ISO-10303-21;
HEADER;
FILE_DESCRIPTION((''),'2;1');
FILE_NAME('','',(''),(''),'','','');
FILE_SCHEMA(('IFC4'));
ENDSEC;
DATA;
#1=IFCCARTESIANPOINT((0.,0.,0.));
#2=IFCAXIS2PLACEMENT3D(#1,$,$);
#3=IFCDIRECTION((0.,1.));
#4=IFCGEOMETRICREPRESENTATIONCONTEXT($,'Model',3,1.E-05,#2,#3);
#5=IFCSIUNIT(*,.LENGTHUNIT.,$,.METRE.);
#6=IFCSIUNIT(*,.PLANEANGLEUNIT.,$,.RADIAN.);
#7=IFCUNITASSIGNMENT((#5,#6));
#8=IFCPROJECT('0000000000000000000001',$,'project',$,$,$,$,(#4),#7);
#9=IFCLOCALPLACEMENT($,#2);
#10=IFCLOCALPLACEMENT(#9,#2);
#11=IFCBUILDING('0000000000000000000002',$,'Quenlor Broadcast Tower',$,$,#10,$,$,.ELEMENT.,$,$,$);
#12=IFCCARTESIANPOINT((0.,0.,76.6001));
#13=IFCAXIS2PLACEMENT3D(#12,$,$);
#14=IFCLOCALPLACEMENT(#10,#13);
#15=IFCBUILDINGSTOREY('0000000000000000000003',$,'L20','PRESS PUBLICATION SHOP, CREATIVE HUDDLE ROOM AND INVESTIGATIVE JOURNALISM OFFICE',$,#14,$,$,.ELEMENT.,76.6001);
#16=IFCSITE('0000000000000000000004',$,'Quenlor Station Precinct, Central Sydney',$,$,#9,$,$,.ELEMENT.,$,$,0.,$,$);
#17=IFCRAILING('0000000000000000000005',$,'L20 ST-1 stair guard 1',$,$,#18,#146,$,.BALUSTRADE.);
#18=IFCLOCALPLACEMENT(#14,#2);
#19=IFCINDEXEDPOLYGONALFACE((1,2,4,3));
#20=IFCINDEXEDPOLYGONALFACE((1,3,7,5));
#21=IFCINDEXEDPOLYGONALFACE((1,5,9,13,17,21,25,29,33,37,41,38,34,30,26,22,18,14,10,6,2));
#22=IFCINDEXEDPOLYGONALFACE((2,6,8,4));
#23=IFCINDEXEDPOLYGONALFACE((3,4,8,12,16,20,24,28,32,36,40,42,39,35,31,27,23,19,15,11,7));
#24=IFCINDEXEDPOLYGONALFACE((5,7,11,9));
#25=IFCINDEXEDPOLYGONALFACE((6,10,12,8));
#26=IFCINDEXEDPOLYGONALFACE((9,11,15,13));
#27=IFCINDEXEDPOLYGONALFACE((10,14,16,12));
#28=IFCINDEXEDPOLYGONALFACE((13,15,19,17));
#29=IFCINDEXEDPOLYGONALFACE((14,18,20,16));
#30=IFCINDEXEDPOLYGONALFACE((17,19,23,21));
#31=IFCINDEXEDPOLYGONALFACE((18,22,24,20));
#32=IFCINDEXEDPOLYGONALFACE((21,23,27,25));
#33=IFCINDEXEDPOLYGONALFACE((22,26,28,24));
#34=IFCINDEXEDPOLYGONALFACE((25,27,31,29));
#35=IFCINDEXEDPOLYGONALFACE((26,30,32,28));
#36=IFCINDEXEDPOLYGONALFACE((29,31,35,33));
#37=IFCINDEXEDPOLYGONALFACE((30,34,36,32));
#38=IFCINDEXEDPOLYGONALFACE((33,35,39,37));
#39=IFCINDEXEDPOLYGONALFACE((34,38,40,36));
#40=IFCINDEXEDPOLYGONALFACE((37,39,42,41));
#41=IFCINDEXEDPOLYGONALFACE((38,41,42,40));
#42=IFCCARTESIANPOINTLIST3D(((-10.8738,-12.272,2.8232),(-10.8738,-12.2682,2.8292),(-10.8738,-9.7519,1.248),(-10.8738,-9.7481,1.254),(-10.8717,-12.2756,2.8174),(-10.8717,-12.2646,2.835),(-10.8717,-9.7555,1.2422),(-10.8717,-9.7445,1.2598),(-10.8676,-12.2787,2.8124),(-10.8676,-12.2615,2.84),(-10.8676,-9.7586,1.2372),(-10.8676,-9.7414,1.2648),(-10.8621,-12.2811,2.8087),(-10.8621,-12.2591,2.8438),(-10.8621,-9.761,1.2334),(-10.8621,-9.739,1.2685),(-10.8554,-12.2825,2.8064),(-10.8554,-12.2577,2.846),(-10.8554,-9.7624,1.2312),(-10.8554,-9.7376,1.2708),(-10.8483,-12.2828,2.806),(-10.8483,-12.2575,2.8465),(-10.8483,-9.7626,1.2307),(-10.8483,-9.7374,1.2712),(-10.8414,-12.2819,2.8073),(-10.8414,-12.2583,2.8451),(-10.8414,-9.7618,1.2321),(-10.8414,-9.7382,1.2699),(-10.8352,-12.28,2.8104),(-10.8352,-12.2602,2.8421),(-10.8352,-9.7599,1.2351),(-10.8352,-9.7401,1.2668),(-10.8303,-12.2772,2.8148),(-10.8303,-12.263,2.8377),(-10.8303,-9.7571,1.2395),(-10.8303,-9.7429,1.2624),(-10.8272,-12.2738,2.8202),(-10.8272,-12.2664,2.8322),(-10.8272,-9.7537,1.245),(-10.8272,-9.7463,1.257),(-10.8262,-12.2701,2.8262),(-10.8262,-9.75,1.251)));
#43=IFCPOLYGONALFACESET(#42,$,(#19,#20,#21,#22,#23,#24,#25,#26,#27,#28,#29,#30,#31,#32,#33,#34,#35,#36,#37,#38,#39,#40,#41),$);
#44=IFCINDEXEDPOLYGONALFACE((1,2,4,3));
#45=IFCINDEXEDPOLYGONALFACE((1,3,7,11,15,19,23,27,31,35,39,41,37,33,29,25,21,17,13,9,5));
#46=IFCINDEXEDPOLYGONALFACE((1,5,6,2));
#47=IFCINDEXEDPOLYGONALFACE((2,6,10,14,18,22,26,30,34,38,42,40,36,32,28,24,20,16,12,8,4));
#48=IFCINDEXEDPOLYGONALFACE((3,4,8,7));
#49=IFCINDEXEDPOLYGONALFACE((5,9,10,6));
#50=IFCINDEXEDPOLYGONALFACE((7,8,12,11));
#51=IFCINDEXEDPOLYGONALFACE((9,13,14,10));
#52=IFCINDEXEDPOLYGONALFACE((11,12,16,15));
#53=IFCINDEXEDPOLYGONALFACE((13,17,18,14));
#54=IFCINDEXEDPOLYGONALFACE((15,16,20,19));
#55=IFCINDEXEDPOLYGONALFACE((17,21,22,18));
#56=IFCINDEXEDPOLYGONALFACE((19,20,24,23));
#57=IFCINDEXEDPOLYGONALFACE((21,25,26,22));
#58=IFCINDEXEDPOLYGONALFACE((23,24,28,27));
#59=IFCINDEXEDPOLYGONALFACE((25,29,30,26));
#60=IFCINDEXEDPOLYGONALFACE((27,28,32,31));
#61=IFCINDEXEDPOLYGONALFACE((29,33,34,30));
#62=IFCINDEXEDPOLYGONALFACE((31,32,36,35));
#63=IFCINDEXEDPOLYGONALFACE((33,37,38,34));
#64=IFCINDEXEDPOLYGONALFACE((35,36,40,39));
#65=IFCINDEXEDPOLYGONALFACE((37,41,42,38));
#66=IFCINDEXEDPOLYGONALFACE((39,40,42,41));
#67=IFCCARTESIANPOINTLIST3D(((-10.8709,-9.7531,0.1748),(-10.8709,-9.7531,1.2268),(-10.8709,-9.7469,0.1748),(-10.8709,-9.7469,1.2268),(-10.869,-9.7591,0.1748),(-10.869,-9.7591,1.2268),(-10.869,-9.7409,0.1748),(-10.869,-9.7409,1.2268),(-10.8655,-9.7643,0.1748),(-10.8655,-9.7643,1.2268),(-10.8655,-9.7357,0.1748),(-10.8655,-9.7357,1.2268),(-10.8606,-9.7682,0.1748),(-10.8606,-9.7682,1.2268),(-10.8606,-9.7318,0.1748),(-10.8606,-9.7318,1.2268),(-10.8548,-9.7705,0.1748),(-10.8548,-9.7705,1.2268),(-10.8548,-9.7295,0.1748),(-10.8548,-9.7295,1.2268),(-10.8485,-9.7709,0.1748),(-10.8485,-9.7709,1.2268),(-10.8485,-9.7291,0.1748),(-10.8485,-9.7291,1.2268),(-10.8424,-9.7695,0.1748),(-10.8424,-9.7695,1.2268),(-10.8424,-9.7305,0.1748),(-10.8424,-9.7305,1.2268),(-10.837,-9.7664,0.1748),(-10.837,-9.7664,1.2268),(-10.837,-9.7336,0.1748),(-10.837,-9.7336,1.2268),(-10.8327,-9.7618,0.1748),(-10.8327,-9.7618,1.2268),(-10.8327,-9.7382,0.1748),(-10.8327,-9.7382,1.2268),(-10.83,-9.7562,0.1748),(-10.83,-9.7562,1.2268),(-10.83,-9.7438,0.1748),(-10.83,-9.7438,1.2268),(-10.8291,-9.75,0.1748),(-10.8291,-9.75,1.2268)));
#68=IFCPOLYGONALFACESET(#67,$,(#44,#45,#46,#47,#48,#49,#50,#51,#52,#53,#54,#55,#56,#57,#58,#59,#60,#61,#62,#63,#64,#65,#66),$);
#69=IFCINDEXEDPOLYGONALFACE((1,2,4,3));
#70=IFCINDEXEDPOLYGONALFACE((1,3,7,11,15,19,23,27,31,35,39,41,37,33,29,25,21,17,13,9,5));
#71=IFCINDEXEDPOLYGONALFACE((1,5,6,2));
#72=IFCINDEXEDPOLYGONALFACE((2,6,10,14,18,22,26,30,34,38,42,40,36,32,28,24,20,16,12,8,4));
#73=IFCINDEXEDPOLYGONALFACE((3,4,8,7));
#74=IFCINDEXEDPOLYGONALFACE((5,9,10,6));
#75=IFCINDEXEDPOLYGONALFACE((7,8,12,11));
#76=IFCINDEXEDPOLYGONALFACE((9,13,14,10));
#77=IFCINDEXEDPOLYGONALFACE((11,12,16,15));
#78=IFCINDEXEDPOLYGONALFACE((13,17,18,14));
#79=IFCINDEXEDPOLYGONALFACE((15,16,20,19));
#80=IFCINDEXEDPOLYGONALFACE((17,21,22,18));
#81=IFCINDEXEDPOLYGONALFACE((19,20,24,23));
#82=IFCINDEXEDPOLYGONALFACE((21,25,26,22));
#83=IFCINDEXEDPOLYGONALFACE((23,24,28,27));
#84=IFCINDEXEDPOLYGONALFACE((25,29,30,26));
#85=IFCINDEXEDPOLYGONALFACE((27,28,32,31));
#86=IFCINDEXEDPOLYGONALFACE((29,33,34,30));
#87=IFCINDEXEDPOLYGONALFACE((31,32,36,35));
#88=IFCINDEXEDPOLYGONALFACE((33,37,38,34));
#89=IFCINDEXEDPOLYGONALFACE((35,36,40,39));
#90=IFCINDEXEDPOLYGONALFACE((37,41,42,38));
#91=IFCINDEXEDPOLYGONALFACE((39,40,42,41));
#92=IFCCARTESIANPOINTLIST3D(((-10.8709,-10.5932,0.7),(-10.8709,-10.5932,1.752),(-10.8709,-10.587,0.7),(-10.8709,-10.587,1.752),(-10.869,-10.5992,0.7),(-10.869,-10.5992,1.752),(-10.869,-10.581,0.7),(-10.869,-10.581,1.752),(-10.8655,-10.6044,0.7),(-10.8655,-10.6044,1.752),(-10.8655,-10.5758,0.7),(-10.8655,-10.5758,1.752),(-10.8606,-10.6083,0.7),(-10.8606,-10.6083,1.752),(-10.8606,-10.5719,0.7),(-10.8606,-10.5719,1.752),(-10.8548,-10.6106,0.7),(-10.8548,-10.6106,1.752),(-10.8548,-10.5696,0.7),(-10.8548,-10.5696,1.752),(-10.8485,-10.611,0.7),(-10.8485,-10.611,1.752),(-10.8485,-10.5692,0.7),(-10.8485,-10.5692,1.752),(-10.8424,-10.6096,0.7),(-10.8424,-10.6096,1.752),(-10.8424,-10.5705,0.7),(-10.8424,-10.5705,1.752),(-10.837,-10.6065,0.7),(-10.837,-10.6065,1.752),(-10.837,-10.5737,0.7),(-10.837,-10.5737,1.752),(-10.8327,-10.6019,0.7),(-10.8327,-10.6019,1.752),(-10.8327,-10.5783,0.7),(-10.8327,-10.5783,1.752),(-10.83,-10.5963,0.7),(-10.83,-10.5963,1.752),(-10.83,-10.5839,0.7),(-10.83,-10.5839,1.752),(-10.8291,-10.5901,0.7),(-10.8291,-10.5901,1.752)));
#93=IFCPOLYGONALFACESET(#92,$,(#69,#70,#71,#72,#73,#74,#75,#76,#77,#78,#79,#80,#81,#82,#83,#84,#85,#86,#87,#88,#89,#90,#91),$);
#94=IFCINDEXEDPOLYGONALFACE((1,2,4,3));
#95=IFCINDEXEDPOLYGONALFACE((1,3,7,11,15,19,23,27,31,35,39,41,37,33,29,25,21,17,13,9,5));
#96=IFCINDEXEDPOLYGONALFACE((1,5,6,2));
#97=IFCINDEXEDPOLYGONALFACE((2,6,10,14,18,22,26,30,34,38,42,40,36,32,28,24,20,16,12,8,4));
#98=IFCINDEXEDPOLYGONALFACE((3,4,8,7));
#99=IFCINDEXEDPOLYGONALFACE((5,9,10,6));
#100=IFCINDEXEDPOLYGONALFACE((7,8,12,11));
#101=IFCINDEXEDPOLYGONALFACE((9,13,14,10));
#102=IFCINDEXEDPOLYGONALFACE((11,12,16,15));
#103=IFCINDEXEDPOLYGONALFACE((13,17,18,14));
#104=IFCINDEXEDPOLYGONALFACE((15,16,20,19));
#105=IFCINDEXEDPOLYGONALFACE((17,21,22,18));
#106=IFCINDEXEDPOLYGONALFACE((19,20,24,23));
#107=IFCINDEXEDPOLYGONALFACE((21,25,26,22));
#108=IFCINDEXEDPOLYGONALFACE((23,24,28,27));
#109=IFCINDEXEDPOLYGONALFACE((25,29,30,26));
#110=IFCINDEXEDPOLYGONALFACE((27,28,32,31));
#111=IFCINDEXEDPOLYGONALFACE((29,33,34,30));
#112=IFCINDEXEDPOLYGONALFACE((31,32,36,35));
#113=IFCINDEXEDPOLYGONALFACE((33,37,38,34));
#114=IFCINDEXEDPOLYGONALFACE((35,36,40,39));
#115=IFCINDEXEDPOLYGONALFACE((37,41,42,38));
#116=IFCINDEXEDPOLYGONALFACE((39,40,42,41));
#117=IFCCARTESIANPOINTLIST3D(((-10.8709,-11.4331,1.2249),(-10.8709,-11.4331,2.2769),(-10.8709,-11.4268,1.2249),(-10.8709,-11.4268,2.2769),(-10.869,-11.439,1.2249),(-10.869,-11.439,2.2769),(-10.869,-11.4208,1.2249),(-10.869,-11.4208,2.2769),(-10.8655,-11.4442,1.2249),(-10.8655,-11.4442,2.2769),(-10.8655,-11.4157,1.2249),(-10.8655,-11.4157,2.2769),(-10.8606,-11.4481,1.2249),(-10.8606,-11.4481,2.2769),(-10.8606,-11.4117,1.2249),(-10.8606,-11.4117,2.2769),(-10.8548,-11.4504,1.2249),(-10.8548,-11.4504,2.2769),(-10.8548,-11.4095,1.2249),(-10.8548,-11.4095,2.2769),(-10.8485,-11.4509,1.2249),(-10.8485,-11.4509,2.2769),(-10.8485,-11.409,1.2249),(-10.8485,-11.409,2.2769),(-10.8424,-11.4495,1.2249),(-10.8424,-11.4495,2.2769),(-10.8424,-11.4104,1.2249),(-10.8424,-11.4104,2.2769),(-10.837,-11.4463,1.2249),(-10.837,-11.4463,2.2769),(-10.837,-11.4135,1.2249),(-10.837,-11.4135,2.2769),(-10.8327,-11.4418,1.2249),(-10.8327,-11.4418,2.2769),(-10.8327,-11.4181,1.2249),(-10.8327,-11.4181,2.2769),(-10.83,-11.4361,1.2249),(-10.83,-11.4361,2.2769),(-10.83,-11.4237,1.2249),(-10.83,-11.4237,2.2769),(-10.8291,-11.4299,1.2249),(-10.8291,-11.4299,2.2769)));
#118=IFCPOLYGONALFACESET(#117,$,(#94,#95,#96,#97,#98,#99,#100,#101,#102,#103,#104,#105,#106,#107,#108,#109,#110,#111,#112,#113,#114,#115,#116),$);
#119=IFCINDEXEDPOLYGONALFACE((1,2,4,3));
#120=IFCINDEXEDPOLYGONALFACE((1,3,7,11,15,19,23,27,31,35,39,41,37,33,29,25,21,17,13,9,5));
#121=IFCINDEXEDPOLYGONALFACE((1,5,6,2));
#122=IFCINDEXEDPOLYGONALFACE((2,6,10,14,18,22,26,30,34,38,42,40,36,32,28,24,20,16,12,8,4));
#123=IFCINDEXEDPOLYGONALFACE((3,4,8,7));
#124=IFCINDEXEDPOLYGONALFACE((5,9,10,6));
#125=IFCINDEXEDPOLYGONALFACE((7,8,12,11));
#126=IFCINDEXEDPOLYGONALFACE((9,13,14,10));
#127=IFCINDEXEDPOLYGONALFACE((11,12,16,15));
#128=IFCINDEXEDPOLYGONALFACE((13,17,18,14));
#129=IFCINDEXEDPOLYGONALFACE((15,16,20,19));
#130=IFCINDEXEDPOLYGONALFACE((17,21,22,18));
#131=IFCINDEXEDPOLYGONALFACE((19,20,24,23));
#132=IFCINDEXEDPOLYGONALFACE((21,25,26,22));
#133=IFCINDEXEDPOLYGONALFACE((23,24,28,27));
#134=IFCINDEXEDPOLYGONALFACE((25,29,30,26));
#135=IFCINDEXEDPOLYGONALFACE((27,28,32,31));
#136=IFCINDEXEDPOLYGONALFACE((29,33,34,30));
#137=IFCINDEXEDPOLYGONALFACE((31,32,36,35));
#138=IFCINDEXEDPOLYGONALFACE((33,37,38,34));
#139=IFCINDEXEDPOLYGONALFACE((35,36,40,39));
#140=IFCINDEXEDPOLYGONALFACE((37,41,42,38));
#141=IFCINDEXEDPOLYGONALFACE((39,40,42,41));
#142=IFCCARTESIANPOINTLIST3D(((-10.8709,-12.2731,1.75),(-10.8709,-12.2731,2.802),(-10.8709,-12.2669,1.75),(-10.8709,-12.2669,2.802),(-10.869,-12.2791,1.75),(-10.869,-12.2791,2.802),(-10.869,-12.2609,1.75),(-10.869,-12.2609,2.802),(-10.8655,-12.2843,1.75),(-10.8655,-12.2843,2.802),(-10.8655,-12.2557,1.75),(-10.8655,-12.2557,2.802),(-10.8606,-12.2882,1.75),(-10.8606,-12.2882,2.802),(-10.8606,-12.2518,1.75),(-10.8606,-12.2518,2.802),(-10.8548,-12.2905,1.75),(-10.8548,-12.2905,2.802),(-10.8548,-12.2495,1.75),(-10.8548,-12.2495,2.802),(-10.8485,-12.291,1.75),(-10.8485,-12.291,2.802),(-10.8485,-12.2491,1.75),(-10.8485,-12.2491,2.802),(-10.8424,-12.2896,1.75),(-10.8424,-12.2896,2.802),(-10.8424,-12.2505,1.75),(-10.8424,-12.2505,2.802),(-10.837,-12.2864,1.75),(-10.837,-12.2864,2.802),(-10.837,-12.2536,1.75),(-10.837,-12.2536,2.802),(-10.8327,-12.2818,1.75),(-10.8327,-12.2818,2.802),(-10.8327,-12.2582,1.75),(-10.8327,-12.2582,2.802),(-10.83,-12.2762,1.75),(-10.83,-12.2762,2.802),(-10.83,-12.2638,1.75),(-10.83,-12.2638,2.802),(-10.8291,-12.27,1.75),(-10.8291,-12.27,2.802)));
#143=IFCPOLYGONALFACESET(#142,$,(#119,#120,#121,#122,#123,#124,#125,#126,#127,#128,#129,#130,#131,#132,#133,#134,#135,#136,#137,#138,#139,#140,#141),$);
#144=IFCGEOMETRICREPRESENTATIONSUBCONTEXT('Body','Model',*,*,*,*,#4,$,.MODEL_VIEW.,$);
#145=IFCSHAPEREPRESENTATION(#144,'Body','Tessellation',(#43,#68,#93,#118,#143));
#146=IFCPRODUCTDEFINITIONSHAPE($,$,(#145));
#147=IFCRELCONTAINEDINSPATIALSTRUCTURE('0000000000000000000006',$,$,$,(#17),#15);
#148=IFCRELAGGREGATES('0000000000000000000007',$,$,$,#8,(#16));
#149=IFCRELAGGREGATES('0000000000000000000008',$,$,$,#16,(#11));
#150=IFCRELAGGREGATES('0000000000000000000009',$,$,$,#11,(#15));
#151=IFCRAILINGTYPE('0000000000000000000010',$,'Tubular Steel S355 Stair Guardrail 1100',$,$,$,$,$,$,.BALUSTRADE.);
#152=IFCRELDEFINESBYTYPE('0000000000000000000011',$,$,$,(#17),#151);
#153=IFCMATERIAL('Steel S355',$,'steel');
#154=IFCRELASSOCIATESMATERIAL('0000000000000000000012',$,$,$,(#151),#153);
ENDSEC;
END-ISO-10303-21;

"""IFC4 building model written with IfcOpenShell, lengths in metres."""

from ifc_helpers import new_model, si_unit, direction, frame, origin, origin_2d, place, context, subcontext, project, spatial, circle, extrude, material, type_object, element, save


model = new_model("IFC4")

# Units and contexts
model_context = context("Model", 3, precision=1e-05, world=origin(), true_north=direction((0.0, 1.0)))
body_context = subcontext(model_context, "Body", "Model", "MODEL_VIEW")
ifc_project = project(units=[si_unit("LENGTHUNIT", "METRE"), si_unit("PLANEANGLEUNIT", "RADIAN")], contexts=[model_context])

# Site, building, storey
site_placement = place(None, origin())
site = spatial("IfcSite", under=ifc_project, at=site_placement, Name="Quenlor Station Precinct, Central Sydney", CompositionType="ELEMENT", RefElevation=0.0)
building_placement = place(site_placement, origin())
building = spatial("IfcBuilding", under=site, at=building_placement, Name="Quenlor Broadcast Tower", CompositionType="ELEMENT")
storey_placement = place(building_placement, frame((0.0, 0.0, 76.6001)))
storey = spatial("IfcBuildingStorey", under=building, at=storey_placement, Name="L20", Description="PRESS PUBLICATION SHOP, CREATIVE HUDDLE ROOM AND INVESTIGATIVE JOURNALISM OFFICE", CompositionType="ELEMENT", Elevation=76.6001)

# Railing
ifc_material_1 = material(Name="Steel S355", Category="steel")
railing_type_1 = type_object("IfcRailingType", Name="Tubular Steel S355 Stair Guardrail 1100", PredefinedType="BALUSTRADE", material=ifc_material_1)
railing_1_placement = place(storey_placement, frame((-10.8501, -9.75, 0.1748)))
element("IfcRailing", 1, at=railing_1_placement, inside=storey, type_object=railing_type_1, Name="L20 ST-1 stair guard 1", PredefinedType="BALUSTRADE", context=body_context, shape_type="SweptSolid", body=[
    extrude(circle(Radius=0.0239, at=origin_2d()), frame((0.0, 0.0, 1.0762), z_axis=(0.0, -0.847971, 0.530043), x_axis=(1.0, 0.0, 0.0)), (0.0, 0.0, 1.0), 2.9719),
    extrude(circle(Radius=0.021, at=origin_2d()), origin(), (0.0, 0.0, 1.0), 1.052),
    extrude(circle(Radius=0.021, at=origin_2d()), frame((0.0, -0.8401, 0.5251)), (0.0, 0.0, 1.0), 1.052),
    extrude(circle(Radius=0.021, at=origin_2d()), frame((0.0, -1.6799, 1.05)), (0.0, 0.0, 1.0), 1.052),
    extrude(circle(Radius=0.021, at=origin_2d()), frame((0.0, -2.52, 1.5752)), (0.0, 0.0, 1.0), 1.052),
])

save(model, "model.ifc")
